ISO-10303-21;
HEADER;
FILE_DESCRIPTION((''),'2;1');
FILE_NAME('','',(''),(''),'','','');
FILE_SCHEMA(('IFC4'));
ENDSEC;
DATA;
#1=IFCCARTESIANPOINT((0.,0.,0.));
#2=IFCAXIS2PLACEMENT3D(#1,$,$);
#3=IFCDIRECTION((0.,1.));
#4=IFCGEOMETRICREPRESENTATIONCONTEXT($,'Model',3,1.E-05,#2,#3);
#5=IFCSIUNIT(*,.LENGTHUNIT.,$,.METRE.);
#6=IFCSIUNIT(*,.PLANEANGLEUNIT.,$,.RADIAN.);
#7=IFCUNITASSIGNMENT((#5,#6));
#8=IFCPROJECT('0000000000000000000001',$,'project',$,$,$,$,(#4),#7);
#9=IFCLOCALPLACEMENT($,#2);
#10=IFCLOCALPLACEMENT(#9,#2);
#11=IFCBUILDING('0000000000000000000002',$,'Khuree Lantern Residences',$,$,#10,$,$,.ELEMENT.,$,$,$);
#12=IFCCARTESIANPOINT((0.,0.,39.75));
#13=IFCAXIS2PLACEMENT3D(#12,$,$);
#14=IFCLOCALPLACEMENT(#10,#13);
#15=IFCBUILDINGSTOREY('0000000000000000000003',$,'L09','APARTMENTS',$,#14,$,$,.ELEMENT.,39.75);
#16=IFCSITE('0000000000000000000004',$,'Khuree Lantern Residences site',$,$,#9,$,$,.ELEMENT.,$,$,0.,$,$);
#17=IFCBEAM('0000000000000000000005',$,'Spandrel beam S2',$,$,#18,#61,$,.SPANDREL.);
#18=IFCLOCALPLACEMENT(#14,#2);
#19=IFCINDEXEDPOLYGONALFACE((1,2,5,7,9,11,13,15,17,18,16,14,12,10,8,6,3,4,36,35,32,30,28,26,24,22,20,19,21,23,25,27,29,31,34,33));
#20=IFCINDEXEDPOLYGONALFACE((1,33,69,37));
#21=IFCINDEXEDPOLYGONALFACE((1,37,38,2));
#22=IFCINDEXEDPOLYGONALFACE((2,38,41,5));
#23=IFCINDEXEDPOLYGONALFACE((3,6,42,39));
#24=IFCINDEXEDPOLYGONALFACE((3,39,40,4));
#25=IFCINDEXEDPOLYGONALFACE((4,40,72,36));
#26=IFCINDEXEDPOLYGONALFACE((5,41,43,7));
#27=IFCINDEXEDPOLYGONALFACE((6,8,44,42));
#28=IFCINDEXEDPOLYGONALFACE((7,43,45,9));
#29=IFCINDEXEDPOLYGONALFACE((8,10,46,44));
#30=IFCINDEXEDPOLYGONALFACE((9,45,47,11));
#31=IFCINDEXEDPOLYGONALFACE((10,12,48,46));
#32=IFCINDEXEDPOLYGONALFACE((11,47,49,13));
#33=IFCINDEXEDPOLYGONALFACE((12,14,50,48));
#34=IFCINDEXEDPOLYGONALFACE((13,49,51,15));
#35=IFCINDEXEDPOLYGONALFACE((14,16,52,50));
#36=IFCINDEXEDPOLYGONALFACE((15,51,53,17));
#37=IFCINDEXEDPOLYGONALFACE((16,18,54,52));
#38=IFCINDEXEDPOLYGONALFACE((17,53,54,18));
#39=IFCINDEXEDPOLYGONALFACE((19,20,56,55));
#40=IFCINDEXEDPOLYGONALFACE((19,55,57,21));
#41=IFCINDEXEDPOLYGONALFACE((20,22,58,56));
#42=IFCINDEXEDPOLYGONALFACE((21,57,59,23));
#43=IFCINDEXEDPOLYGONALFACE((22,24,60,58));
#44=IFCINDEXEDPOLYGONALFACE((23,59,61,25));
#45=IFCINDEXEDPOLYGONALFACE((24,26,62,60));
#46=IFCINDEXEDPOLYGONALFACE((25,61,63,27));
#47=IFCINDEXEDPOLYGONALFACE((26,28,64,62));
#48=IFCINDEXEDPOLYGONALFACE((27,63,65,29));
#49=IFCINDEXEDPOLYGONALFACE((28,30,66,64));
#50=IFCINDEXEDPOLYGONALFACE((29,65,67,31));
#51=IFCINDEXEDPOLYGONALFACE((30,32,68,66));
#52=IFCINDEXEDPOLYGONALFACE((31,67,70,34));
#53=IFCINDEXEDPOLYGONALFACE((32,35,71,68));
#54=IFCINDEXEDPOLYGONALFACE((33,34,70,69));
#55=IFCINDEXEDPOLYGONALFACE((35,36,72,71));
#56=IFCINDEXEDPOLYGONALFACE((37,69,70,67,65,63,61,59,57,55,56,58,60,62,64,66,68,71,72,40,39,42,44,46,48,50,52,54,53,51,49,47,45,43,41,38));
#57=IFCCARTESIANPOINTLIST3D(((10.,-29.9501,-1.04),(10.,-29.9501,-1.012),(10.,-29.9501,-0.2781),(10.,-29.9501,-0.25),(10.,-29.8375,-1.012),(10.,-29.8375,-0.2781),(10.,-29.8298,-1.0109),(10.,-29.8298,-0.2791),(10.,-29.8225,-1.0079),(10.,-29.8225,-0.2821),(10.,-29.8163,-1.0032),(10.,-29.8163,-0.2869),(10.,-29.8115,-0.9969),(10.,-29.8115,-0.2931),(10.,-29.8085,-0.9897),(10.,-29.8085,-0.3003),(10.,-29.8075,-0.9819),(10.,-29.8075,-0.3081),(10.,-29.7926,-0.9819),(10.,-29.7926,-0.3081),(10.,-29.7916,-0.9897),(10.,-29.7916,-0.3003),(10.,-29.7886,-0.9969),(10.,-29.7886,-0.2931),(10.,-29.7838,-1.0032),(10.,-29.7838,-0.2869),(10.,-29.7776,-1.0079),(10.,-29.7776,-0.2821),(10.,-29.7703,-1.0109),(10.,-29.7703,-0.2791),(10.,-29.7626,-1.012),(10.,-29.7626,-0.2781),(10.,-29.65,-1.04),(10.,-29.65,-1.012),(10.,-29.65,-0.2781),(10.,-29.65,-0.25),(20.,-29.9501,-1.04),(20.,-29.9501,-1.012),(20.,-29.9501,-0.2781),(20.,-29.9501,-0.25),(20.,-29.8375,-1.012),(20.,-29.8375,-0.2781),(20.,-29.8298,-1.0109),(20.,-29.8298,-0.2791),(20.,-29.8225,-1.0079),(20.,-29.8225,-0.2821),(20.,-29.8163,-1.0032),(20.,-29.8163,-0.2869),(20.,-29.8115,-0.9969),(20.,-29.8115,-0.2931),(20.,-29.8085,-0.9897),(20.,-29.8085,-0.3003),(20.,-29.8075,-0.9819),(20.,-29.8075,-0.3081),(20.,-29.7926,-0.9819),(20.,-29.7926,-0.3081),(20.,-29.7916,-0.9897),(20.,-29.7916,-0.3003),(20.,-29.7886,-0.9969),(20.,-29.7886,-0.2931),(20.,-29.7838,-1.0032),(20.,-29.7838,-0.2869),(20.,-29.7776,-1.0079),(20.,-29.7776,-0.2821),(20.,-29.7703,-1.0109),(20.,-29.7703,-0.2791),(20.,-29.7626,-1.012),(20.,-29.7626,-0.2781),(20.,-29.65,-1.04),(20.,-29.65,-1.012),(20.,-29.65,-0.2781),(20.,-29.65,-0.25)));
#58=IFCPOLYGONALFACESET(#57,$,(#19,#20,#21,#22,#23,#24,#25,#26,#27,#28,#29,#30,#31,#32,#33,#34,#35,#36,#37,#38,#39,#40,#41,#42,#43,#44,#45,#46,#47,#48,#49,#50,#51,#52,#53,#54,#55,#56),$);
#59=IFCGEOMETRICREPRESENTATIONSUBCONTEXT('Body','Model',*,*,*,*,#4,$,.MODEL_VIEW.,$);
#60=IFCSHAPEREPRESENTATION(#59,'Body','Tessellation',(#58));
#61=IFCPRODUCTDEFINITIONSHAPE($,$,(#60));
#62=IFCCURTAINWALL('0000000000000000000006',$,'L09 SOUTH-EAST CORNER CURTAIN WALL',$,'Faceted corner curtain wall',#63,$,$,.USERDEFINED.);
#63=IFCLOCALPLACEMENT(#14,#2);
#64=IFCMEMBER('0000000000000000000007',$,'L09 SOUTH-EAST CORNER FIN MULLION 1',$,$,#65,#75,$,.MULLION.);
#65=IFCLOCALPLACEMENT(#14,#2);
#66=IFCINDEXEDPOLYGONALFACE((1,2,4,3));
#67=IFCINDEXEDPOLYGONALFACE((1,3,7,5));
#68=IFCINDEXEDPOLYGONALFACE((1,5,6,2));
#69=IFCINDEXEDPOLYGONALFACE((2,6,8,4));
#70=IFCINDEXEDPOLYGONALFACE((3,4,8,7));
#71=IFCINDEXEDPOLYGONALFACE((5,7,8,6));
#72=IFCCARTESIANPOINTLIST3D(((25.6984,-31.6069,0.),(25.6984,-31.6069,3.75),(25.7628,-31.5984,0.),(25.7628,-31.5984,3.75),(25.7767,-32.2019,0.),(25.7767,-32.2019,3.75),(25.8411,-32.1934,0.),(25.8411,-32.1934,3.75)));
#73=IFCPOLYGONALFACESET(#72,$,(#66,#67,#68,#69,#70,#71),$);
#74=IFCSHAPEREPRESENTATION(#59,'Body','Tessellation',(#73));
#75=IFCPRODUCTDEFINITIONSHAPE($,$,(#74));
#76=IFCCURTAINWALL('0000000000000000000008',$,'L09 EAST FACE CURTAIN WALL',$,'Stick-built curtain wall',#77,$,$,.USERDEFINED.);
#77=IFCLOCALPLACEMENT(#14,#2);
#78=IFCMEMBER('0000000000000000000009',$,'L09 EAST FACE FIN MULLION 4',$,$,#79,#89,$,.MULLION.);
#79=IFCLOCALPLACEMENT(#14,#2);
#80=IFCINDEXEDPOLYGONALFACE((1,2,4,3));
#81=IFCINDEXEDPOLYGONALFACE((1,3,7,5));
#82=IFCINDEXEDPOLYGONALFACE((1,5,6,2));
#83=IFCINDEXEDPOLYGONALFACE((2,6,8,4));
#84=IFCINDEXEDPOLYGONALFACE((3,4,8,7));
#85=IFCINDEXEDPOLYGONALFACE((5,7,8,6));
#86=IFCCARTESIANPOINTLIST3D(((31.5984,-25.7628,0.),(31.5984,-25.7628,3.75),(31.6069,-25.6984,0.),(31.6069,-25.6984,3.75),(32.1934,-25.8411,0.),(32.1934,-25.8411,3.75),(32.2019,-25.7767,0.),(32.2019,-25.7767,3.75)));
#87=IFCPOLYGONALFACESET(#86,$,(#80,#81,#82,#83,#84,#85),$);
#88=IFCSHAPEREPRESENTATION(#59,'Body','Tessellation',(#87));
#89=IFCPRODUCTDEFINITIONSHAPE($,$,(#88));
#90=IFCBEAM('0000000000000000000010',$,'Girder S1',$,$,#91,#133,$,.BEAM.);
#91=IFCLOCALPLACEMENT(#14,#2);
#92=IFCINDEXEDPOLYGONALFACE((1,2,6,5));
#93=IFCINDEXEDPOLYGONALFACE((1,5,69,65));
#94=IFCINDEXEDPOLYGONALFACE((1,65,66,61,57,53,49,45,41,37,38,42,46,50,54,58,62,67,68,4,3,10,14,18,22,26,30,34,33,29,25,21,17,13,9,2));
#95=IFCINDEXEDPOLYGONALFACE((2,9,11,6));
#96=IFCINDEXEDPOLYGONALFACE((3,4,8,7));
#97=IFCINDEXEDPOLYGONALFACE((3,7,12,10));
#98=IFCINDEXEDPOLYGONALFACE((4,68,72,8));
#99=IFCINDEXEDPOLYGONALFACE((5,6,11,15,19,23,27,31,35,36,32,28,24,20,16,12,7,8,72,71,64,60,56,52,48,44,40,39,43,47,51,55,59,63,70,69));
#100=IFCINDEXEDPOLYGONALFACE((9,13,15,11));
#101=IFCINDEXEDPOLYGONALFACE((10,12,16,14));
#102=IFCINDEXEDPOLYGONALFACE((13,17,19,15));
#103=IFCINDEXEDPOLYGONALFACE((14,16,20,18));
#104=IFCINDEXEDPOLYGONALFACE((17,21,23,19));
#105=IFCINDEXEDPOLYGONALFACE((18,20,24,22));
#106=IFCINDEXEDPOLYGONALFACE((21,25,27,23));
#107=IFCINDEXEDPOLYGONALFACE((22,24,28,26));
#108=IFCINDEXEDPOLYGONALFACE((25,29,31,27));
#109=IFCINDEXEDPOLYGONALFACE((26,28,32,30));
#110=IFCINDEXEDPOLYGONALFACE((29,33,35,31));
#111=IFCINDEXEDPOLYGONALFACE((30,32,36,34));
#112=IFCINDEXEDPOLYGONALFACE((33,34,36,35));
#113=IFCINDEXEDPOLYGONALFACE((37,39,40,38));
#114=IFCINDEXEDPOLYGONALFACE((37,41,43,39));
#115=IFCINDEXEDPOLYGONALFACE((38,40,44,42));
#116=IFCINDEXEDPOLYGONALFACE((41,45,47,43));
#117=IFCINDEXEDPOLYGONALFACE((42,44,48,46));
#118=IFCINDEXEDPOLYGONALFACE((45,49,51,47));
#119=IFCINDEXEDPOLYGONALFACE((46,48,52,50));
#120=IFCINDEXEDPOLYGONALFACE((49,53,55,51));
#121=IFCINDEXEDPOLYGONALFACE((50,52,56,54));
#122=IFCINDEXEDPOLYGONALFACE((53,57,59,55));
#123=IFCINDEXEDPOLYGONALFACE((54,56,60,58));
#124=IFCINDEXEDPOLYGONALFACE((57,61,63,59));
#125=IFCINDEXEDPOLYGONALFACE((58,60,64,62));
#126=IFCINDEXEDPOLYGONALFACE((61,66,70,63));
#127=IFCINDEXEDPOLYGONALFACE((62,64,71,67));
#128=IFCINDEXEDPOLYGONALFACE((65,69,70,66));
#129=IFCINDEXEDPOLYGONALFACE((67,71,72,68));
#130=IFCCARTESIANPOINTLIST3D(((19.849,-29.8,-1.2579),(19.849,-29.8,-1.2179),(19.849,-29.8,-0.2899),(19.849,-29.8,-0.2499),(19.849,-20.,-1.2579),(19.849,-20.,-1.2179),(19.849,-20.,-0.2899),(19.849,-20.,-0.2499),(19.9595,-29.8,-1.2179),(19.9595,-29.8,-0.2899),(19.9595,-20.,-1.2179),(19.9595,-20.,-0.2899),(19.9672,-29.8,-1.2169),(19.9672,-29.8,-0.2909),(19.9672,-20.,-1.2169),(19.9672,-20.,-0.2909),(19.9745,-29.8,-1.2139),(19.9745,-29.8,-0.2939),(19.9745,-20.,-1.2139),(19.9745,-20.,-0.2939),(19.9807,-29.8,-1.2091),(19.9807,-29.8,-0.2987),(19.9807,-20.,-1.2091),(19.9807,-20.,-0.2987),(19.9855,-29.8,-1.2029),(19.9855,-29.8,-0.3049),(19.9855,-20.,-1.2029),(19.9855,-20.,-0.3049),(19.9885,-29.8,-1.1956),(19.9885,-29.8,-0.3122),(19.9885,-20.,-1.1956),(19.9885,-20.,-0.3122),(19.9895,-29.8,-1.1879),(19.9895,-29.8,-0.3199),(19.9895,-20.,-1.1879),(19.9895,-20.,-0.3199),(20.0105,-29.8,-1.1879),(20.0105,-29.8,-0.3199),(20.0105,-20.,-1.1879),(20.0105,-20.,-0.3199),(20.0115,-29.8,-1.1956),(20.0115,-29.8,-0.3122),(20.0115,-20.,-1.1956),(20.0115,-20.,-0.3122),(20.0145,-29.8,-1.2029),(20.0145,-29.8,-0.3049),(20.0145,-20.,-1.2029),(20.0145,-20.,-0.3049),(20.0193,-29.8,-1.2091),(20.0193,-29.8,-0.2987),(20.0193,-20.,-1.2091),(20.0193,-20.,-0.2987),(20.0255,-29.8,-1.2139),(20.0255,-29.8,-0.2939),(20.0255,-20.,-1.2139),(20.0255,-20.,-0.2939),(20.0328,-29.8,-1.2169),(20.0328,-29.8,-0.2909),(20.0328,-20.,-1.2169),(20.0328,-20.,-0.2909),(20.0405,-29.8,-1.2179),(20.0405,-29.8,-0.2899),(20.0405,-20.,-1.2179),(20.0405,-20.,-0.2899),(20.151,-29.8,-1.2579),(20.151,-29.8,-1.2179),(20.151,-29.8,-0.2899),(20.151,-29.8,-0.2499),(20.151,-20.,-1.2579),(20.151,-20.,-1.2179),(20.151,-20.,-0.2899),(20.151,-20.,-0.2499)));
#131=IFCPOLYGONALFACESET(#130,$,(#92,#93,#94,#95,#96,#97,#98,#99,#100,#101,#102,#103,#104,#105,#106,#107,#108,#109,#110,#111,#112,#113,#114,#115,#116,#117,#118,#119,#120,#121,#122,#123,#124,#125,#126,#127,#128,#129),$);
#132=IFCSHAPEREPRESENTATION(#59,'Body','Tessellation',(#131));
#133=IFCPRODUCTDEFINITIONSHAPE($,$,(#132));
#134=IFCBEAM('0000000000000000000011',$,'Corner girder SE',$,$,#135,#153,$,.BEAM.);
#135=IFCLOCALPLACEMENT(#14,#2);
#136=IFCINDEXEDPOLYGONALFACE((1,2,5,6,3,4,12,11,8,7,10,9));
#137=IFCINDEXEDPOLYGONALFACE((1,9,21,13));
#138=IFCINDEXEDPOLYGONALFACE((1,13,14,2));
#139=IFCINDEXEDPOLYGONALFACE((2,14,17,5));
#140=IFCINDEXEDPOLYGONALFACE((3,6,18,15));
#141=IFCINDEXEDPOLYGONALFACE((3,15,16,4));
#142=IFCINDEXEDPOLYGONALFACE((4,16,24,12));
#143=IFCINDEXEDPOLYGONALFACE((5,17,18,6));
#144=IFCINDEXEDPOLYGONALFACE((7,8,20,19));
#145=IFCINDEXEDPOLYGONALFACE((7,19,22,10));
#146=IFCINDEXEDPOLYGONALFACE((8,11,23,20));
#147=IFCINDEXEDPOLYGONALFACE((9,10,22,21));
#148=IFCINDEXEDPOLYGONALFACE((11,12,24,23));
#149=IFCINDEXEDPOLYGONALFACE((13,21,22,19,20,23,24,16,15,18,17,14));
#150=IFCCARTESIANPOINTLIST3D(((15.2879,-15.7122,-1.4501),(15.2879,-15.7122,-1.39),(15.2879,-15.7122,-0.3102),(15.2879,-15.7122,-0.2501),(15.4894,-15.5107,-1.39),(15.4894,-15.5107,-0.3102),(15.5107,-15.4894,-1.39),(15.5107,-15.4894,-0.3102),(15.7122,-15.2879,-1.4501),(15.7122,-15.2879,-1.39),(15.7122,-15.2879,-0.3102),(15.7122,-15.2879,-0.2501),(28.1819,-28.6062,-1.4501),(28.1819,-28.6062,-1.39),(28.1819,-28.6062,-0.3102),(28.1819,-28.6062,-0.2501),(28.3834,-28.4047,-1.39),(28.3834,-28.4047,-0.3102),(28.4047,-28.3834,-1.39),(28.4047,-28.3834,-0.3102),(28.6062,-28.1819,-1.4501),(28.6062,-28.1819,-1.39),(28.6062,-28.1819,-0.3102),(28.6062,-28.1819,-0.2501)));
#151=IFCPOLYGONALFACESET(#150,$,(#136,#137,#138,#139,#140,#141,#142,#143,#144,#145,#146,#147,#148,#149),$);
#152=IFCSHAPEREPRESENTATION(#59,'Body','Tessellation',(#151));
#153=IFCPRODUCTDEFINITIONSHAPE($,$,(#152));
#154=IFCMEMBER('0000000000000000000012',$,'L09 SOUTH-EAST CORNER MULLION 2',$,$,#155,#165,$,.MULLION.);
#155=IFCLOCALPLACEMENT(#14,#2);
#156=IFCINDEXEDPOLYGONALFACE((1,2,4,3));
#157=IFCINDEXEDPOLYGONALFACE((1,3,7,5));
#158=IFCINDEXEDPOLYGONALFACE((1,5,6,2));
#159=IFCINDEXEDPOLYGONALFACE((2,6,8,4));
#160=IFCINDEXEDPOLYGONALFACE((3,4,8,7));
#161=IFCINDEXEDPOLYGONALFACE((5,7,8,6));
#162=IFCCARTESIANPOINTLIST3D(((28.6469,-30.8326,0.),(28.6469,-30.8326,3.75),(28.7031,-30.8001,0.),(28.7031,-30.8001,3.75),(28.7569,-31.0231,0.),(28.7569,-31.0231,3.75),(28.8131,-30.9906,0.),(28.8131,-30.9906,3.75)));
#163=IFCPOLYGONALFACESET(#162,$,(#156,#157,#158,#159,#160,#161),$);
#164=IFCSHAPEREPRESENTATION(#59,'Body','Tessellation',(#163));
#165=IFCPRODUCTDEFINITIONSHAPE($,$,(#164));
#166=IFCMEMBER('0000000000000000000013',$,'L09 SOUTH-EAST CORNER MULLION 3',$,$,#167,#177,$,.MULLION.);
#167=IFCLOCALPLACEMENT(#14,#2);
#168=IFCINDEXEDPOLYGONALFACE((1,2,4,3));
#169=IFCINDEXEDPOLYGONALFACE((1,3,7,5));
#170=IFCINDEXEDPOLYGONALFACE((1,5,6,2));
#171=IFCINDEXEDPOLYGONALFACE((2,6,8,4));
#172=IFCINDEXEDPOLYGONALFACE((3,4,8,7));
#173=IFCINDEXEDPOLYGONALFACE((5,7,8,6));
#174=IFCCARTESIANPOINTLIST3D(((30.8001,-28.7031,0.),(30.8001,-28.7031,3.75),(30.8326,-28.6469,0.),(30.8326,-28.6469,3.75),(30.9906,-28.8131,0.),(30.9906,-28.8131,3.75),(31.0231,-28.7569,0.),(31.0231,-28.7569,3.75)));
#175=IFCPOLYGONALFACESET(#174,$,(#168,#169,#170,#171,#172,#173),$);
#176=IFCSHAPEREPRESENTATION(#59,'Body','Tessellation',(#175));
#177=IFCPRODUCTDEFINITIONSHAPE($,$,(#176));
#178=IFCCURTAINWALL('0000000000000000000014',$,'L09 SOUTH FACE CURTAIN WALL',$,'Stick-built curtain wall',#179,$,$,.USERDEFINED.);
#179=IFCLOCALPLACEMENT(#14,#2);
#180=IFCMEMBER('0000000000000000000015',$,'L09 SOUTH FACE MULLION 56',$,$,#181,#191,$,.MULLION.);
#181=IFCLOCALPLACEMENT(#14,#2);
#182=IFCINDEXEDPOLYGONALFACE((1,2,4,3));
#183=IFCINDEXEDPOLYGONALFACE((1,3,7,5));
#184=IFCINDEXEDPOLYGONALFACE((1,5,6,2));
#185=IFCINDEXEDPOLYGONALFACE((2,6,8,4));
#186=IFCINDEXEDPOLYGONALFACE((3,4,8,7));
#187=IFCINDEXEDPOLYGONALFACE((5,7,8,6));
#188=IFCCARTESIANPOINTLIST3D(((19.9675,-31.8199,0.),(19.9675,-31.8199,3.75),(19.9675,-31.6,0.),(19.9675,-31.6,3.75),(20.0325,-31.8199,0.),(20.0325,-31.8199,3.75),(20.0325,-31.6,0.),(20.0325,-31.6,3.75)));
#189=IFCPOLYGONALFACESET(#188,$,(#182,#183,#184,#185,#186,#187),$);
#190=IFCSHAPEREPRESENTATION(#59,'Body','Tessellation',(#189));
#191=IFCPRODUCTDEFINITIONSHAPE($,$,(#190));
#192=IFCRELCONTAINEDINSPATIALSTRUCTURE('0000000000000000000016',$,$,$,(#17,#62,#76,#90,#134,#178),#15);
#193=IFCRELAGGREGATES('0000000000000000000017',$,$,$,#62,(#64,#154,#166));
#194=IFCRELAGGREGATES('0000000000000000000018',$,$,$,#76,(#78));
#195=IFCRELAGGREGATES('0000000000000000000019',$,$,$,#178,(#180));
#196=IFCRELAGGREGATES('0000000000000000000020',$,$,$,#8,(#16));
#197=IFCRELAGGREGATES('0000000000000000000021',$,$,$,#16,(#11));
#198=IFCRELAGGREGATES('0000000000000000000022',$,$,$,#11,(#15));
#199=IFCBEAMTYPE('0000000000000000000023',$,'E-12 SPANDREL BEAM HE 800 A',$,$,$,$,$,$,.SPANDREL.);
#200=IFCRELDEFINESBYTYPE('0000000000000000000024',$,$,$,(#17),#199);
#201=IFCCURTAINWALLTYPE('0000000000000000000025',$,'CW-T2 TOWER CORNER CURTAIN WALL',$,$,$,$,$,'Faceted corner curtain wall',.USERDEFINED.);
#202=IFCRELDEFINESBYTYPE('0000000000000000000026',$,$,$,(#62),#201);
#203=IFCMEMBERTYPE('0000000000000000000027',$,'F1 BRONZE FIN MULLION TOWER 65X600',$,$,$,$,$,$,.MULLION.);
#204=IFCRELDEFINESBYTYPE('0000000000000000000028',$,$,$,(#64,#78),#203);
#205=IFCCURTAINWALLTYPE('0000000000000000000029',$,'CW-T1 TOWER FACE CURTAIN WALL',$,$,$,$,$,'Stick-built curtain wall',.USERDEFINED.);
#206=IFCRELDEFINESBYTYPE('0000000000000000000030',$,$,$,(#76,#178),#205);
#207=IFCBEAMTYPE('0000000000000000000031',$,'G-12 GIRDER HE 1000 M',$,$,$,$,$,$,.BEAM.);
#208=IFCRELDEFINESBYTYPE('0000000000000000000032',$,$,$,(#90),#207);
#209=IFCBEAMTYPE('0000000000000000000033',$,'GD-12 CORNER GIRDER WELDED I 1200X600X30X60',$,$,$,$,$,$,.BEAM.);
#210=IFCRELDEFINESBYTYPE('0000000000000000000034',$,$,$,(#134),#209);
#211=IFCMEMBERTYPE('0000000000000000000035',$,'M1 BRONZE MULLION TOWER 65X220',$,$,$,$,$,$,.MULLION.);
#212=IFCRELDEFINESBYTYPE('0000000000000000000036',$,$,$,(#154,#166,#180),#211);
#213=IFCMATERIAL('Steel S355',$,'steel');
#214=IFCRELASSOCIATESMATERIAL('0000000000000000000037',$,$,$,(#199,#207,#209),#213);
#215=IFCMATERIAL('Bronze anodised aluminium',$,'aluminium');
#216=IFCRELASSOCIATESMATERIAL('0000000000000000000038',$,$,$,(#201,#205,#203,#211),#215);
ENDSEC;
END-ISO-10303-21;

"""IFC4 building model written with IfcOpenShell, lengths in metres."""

from ifc_helpers import new_model, si_unit, direction, frame, origin, origin_2d, place, context, subcontext, project, spatial, rectangle, i_section, extrude, material, material_profile, profile_set, type_object, element, aggregate, save


model = new_model("IFC4")

# Units and contexts
model_context = context("Model", 3, precision=1e-05, world=origin(), true_north=direction((0.0, 1.0)))
body_context = subcontext(model_context, "Body", "Model", "MODEL_VIEW")
ifc_project = project(units=[si_unit("LENGTHUNIT", "METRE"), si_unit("PLANEANGLEUNIT", "RADIAN")], contexts=[model_context])

# Site, building, storey
site_placement = place(None, origin())
site = spatial("IfcSite", under=ifc_project, at=site_placement, Name="Khuree Lantern Residences site", CompositionType="ELEMENT", RefElevation=0.0)
building_placement = place(site_placement, origin())
building = spatial("IfcBuilding", under=site, at=building_placement, Name="Khuree Lantern Residences", CompositionType="ELEMENT")
storey_placement = place(building_placement, frame((0.0, 0.0, 39.75)))
storey = spatial("IfcBuildingStorey", under=building, at=storey_placement, Name="L09", Description="APARTMENTS", CompositionType="ELEMENT", Elevation=39.75)

# Beam
ifc_material_1 = material(Name="Steel S355", Category="steel")
ifc_material_profile_1 = material_profile(ifc_material_1, i_section(OverallWidth=0.3, OverallDepth=0.79, WebThickness=0.0149, FlangeThickness=0.0281, FilletRadius=0.03, at=origin_2d()), Name="HE 800 A")
ifc_profile_set_1 = profile_set([ifc_material_profile_1], Name="Steel S355")
beam_type_1 = type_object("IfcBeamType", Name="E-12 SPANDREL BEAM HE 800 A", PredefinedType="SPANDREL", material=ifc_profile_set_1)
beam_1_placement = place(storey_placement, frame((20.0, -29.8, -0.645), z_axis=(-1.0, 0.0, 0.0), x_axis=(0.0, -1.0, 0.0)))
element("IfcBeam", 1, at=beam_1_placement, inside=storey, type_object=beam_type_1, Name="Spandrel beam S2", PredefinedType="SPANDREL", context=body_context, shape_type="SweptSolid", body=[
    extrude(i_section(OverallWidth=0.3, OverallDepth=0.79, WebThickness=0.0149, FlangeThickness=0.0281, FilletRadius=0.03, at=origin_2d()), origin(), (0.0, 0.0, 1.0), 10.0),
])

# Curtain walls, members
ifc_material_2 = material(Name="Bronze anodised aluminium", Category="aluminium")
curtain_wall_type_1 = type_object("IfcCurtainWallType", Name="CW-T2 TOWER CORNER CURTAIN WALL", ElementType="Faceted corner curtain wall", PredefinedType="USERDEFINED", material=ifc_material_2)
curtain_wall_1_placement = place(storey_placement, origin())
curtain_wall_1 = element("IfcCurtainWall", 2, at=curtain_wall_1_placement, inside=storey, type_object=curtain_wall_type_1, Name="L09 SOUTH-EAST CORNER CURTAIN WALL", ObjectType="Faceted corner curtain wall", PredefinedType="USERDEFINED")
ifc_material_profile_2 = material_profile(ifc_material_2, rectangle(XDim=0.0649, YDim=0.6001, at=origin_2d()), Name="F1 65X600")
ifc_profile_set_2 = profile_set([ifc_material_profile_2], Name="Bronze anodised aluminium")
member_type_1 = type_object("IfcMemberType", Name="F1 BRONZE FIN MULLION TOWER 65X600", PredefinedType="MULLION", material=ifc_profile_set_2)
member_1_placement = place(storey_placement, frame((25.7698, -31.9001, 0.0), z_axis=(0.0, 0.0, 1.0), x_axis=(0.991445, 0.130526, 0.0)))
member_1 = element("IfcMember", 3, at=member_1_placement, type_object=member_type_1, Name="L09 SOUTH-EAST CORNER FIN MULLION 1", PredefinedType="MULLION", context=body_context, shape_type="SweptSolid", body=[
    extrude(rectangle(XDim=0.0649, YDim=0.6001, at=origin_2d()), origin(), (0.0, 0.0, 1.0), 3.75),
])
curtain_wall_type_2 = type_object("IfcCurtainWallType", Name="CW-T1 TOWER FACE CURTAIN WALL", ElementType="Stick-built curtain wall", PredefinedType="USERDEFINED", material=ifc_material_2)
curtain_wall_2_placement = place(storey_placement, origin())
curtain_wall_2 = element("IfcCurtainWall", 4, at=curtain_wall_2_placement, inside=storey, type_object=curtain_wall_type_2, Name="L09 EAST FACE CURTAIN WALL", ObjectType="Stick-built curtain wall", PredefinedType="USERDEFINED")
member_2_placement = place(storey_placement, frame((31.9001, -25.7698, 0.0), z_axis=(0.0, 0.0, 1.0), x_axis=(0.130526, 0.991445, 0.0)))
member_2 = element("IfcMember", 5, at=member_2_placement, type_object=member_type_1, Name="L09 EAST FACE FIN MULLION 4", PredefinedType="MULLION", context=body_context, shape_type="SweptSolid", body=[
    extrude(rectangle(XDim=0.0649, YDim=0.6001, at=origin_2d()), origin(), (0.0, 0.0, 1.0), 3.75),
])

# Beams
ifc_material_profile_3 = material_profile(ifc_material_1, i_section(OverallWidth=0.302, OverallDepth=1.0081, WebThickness=0.021, FlangeThickness=0.04, FilletRadius=0.03, at=origin_2d()), Name="HE 1000 M")
ifc_profile_set_3 = profile_set([ifc_material_profile_3], Name="Steel S355")
beam_type_2 = type_object("IfcBeamType", Name="G-12 GIRDER HE 1000 M", PredefinedType="BEAM", material=ifc_profile_set_3)
beam_2_placement = place(storey_placement, frame((20.0, -29.8, -0.7539), z_axis=(0.0, 1.0, 0.0), x_axis=(-1.0, 0.0, 0.0)))
element("IfcBeam", 6, at=beam_2_placement, inside=storey, type_object=beam_type_2, Name="Girder S1", PredefinedType="BEAM", context=body_context, shape_type="SweptSolid", body=[
    extrude(i_section(OverallWidth=0.302, OverallDepth=1.0081, WebThickness=0.021, FlangeThickness=0.04, FilletRadius=0.03, at=origin_2d()), origin(), (0.0, 0.0, 1.0), 9.8),
])
ifc_material_profile_4 = material_profile(ifc_material_1, i_section(OverallWidth=0.6001, OverallDepth=1.2, WebThickness=0.03, FlangeThickness=0.0601, at=origin_2d()), Name="WELDED I 1200X600X30X60")
ifc_profile_set_4 = profile_set([ifc_material_profile_4], Name="Steel S355")
beam_type_3 = type_object("IfcBeamType", Name="GD-12 CORNER GIRDER WELDED I 1200X600X30X60", PredefinedType="BEAM", material=ifc_profile_set_4)
beam_3_placement = place(storey_placement, frame((28.394, -28.394, -0.8501), z_axis=(-0.707107, 0.707107, 0.0), x_axis=(-0.707107, -0.707107, 0.0)))
element("IfcBeam", 7, at=beam_3_placement, inside=storey, type_object=beam_type_3, Name="Corner girder SE", PredefinedType="BEAM", context=body_context, shape_type="SweptSolid", body=[
    extrude(i_section(OverallWidth=0.6001, OverallDepth=1.2, WebThickness=0.03, FlangeThickness=0.0601, at=origin_2d()), origin(), (0.0, 0.0, 1.0), 18.2349),
])

# Members
ifc_material_profile_5 = material_profile(ifc_material_2, rectangle(XDim=0.0649, YDim=0.22, at=origin_2d()), Name="M1 65X220")
ifc_profile_set_5 = profile_set([ifc_material_profile_5], Name="Bronze anodised aluminium")
member_type_2 = type_object("IfcMemberType", Name="M1 BRONZE MULLION TOWER 65X220", PredefinedType="MULLION", material=ifc_profile_set_5)
member_3_placement = place(storey_placement, frame((28.73, -30.9116, 0.0), z_axis=(0.0, 0.0, 1.0), x_axis=(0.866025, 0.5, 0.0)))
member_3 = element("IfcMember", 8, at=member_3_placement, type_object=member_type_2, Name="L09 SOUTH-EAST CORNER MULLION 2", PredefinedType="MULLION", context=body_context, shape_type="SweptSolid", body=[
    extrude(rectangle(XDim=0.0649, YDim=0.22, at=origin_2d()), origin(), (0.0, 0.0, 1.0), 3.75),
])
member_4_placement = place(storey_placement, frame((30.9116, -28.73, 0.0), z_axis=(0.0, 0.0, 1.0), x_axis=(0.5, 0.866025, 0.0)))
member_4 = element("IfcMember", 9, at=member_4_placement, type_object=member_type_2, Name="L09 SOUTH-EAST CORNER MULLION 3", PredefinedType="MULLION", context=body_context, shape_type="SweptSolid", body=[
    extrude(rectangle(XDim=0.0649, YDim=0.22, at=origin_2d()), origin(), (0.0, 0.0, 1.0), 3.75),
])

# Curtain wall, member
curtain_wall_3_placement = place(storey_placement, origin())
curtain_wall_3 = element("IfcCurtainWall", 10, at=curtain_wall_3_placement, inside=storey, type_object=curtain_wall_type_2, Name="L09 SOUTH FACE CURTAIN WALL", ObjectType="Stick-built curtain wall", PredefinedType="USERDEFINED")
member_5_placement = place(storey_placement, frame((20.0, -31.71, 0.0), z_axis=(0.0, 0.0, 1.0), x_axis=(1.0, 0.0, 0.0)))
member_5 = element("IfcMember", 11, at=member_5_placement, type_object=member_type_2, Name="L09 SOUTH FACE MULLION 56", PredefinedType="MULLION", context=body_context, shape_type="SweptSolid", body=[
    extrude(rectangle(XDim=0.0649, YDim=0.22, at=origin_2d()), origin(), (0.0, 0.0, 1.0), 3.75),
])

aggregate(curtain_wall_1, [member_1, member_3, member_4])
aggregate(curtain_wall_2, [member_2])
aggregate(curtain_wall_3, [member_5])

save(model, "model.ifc")
